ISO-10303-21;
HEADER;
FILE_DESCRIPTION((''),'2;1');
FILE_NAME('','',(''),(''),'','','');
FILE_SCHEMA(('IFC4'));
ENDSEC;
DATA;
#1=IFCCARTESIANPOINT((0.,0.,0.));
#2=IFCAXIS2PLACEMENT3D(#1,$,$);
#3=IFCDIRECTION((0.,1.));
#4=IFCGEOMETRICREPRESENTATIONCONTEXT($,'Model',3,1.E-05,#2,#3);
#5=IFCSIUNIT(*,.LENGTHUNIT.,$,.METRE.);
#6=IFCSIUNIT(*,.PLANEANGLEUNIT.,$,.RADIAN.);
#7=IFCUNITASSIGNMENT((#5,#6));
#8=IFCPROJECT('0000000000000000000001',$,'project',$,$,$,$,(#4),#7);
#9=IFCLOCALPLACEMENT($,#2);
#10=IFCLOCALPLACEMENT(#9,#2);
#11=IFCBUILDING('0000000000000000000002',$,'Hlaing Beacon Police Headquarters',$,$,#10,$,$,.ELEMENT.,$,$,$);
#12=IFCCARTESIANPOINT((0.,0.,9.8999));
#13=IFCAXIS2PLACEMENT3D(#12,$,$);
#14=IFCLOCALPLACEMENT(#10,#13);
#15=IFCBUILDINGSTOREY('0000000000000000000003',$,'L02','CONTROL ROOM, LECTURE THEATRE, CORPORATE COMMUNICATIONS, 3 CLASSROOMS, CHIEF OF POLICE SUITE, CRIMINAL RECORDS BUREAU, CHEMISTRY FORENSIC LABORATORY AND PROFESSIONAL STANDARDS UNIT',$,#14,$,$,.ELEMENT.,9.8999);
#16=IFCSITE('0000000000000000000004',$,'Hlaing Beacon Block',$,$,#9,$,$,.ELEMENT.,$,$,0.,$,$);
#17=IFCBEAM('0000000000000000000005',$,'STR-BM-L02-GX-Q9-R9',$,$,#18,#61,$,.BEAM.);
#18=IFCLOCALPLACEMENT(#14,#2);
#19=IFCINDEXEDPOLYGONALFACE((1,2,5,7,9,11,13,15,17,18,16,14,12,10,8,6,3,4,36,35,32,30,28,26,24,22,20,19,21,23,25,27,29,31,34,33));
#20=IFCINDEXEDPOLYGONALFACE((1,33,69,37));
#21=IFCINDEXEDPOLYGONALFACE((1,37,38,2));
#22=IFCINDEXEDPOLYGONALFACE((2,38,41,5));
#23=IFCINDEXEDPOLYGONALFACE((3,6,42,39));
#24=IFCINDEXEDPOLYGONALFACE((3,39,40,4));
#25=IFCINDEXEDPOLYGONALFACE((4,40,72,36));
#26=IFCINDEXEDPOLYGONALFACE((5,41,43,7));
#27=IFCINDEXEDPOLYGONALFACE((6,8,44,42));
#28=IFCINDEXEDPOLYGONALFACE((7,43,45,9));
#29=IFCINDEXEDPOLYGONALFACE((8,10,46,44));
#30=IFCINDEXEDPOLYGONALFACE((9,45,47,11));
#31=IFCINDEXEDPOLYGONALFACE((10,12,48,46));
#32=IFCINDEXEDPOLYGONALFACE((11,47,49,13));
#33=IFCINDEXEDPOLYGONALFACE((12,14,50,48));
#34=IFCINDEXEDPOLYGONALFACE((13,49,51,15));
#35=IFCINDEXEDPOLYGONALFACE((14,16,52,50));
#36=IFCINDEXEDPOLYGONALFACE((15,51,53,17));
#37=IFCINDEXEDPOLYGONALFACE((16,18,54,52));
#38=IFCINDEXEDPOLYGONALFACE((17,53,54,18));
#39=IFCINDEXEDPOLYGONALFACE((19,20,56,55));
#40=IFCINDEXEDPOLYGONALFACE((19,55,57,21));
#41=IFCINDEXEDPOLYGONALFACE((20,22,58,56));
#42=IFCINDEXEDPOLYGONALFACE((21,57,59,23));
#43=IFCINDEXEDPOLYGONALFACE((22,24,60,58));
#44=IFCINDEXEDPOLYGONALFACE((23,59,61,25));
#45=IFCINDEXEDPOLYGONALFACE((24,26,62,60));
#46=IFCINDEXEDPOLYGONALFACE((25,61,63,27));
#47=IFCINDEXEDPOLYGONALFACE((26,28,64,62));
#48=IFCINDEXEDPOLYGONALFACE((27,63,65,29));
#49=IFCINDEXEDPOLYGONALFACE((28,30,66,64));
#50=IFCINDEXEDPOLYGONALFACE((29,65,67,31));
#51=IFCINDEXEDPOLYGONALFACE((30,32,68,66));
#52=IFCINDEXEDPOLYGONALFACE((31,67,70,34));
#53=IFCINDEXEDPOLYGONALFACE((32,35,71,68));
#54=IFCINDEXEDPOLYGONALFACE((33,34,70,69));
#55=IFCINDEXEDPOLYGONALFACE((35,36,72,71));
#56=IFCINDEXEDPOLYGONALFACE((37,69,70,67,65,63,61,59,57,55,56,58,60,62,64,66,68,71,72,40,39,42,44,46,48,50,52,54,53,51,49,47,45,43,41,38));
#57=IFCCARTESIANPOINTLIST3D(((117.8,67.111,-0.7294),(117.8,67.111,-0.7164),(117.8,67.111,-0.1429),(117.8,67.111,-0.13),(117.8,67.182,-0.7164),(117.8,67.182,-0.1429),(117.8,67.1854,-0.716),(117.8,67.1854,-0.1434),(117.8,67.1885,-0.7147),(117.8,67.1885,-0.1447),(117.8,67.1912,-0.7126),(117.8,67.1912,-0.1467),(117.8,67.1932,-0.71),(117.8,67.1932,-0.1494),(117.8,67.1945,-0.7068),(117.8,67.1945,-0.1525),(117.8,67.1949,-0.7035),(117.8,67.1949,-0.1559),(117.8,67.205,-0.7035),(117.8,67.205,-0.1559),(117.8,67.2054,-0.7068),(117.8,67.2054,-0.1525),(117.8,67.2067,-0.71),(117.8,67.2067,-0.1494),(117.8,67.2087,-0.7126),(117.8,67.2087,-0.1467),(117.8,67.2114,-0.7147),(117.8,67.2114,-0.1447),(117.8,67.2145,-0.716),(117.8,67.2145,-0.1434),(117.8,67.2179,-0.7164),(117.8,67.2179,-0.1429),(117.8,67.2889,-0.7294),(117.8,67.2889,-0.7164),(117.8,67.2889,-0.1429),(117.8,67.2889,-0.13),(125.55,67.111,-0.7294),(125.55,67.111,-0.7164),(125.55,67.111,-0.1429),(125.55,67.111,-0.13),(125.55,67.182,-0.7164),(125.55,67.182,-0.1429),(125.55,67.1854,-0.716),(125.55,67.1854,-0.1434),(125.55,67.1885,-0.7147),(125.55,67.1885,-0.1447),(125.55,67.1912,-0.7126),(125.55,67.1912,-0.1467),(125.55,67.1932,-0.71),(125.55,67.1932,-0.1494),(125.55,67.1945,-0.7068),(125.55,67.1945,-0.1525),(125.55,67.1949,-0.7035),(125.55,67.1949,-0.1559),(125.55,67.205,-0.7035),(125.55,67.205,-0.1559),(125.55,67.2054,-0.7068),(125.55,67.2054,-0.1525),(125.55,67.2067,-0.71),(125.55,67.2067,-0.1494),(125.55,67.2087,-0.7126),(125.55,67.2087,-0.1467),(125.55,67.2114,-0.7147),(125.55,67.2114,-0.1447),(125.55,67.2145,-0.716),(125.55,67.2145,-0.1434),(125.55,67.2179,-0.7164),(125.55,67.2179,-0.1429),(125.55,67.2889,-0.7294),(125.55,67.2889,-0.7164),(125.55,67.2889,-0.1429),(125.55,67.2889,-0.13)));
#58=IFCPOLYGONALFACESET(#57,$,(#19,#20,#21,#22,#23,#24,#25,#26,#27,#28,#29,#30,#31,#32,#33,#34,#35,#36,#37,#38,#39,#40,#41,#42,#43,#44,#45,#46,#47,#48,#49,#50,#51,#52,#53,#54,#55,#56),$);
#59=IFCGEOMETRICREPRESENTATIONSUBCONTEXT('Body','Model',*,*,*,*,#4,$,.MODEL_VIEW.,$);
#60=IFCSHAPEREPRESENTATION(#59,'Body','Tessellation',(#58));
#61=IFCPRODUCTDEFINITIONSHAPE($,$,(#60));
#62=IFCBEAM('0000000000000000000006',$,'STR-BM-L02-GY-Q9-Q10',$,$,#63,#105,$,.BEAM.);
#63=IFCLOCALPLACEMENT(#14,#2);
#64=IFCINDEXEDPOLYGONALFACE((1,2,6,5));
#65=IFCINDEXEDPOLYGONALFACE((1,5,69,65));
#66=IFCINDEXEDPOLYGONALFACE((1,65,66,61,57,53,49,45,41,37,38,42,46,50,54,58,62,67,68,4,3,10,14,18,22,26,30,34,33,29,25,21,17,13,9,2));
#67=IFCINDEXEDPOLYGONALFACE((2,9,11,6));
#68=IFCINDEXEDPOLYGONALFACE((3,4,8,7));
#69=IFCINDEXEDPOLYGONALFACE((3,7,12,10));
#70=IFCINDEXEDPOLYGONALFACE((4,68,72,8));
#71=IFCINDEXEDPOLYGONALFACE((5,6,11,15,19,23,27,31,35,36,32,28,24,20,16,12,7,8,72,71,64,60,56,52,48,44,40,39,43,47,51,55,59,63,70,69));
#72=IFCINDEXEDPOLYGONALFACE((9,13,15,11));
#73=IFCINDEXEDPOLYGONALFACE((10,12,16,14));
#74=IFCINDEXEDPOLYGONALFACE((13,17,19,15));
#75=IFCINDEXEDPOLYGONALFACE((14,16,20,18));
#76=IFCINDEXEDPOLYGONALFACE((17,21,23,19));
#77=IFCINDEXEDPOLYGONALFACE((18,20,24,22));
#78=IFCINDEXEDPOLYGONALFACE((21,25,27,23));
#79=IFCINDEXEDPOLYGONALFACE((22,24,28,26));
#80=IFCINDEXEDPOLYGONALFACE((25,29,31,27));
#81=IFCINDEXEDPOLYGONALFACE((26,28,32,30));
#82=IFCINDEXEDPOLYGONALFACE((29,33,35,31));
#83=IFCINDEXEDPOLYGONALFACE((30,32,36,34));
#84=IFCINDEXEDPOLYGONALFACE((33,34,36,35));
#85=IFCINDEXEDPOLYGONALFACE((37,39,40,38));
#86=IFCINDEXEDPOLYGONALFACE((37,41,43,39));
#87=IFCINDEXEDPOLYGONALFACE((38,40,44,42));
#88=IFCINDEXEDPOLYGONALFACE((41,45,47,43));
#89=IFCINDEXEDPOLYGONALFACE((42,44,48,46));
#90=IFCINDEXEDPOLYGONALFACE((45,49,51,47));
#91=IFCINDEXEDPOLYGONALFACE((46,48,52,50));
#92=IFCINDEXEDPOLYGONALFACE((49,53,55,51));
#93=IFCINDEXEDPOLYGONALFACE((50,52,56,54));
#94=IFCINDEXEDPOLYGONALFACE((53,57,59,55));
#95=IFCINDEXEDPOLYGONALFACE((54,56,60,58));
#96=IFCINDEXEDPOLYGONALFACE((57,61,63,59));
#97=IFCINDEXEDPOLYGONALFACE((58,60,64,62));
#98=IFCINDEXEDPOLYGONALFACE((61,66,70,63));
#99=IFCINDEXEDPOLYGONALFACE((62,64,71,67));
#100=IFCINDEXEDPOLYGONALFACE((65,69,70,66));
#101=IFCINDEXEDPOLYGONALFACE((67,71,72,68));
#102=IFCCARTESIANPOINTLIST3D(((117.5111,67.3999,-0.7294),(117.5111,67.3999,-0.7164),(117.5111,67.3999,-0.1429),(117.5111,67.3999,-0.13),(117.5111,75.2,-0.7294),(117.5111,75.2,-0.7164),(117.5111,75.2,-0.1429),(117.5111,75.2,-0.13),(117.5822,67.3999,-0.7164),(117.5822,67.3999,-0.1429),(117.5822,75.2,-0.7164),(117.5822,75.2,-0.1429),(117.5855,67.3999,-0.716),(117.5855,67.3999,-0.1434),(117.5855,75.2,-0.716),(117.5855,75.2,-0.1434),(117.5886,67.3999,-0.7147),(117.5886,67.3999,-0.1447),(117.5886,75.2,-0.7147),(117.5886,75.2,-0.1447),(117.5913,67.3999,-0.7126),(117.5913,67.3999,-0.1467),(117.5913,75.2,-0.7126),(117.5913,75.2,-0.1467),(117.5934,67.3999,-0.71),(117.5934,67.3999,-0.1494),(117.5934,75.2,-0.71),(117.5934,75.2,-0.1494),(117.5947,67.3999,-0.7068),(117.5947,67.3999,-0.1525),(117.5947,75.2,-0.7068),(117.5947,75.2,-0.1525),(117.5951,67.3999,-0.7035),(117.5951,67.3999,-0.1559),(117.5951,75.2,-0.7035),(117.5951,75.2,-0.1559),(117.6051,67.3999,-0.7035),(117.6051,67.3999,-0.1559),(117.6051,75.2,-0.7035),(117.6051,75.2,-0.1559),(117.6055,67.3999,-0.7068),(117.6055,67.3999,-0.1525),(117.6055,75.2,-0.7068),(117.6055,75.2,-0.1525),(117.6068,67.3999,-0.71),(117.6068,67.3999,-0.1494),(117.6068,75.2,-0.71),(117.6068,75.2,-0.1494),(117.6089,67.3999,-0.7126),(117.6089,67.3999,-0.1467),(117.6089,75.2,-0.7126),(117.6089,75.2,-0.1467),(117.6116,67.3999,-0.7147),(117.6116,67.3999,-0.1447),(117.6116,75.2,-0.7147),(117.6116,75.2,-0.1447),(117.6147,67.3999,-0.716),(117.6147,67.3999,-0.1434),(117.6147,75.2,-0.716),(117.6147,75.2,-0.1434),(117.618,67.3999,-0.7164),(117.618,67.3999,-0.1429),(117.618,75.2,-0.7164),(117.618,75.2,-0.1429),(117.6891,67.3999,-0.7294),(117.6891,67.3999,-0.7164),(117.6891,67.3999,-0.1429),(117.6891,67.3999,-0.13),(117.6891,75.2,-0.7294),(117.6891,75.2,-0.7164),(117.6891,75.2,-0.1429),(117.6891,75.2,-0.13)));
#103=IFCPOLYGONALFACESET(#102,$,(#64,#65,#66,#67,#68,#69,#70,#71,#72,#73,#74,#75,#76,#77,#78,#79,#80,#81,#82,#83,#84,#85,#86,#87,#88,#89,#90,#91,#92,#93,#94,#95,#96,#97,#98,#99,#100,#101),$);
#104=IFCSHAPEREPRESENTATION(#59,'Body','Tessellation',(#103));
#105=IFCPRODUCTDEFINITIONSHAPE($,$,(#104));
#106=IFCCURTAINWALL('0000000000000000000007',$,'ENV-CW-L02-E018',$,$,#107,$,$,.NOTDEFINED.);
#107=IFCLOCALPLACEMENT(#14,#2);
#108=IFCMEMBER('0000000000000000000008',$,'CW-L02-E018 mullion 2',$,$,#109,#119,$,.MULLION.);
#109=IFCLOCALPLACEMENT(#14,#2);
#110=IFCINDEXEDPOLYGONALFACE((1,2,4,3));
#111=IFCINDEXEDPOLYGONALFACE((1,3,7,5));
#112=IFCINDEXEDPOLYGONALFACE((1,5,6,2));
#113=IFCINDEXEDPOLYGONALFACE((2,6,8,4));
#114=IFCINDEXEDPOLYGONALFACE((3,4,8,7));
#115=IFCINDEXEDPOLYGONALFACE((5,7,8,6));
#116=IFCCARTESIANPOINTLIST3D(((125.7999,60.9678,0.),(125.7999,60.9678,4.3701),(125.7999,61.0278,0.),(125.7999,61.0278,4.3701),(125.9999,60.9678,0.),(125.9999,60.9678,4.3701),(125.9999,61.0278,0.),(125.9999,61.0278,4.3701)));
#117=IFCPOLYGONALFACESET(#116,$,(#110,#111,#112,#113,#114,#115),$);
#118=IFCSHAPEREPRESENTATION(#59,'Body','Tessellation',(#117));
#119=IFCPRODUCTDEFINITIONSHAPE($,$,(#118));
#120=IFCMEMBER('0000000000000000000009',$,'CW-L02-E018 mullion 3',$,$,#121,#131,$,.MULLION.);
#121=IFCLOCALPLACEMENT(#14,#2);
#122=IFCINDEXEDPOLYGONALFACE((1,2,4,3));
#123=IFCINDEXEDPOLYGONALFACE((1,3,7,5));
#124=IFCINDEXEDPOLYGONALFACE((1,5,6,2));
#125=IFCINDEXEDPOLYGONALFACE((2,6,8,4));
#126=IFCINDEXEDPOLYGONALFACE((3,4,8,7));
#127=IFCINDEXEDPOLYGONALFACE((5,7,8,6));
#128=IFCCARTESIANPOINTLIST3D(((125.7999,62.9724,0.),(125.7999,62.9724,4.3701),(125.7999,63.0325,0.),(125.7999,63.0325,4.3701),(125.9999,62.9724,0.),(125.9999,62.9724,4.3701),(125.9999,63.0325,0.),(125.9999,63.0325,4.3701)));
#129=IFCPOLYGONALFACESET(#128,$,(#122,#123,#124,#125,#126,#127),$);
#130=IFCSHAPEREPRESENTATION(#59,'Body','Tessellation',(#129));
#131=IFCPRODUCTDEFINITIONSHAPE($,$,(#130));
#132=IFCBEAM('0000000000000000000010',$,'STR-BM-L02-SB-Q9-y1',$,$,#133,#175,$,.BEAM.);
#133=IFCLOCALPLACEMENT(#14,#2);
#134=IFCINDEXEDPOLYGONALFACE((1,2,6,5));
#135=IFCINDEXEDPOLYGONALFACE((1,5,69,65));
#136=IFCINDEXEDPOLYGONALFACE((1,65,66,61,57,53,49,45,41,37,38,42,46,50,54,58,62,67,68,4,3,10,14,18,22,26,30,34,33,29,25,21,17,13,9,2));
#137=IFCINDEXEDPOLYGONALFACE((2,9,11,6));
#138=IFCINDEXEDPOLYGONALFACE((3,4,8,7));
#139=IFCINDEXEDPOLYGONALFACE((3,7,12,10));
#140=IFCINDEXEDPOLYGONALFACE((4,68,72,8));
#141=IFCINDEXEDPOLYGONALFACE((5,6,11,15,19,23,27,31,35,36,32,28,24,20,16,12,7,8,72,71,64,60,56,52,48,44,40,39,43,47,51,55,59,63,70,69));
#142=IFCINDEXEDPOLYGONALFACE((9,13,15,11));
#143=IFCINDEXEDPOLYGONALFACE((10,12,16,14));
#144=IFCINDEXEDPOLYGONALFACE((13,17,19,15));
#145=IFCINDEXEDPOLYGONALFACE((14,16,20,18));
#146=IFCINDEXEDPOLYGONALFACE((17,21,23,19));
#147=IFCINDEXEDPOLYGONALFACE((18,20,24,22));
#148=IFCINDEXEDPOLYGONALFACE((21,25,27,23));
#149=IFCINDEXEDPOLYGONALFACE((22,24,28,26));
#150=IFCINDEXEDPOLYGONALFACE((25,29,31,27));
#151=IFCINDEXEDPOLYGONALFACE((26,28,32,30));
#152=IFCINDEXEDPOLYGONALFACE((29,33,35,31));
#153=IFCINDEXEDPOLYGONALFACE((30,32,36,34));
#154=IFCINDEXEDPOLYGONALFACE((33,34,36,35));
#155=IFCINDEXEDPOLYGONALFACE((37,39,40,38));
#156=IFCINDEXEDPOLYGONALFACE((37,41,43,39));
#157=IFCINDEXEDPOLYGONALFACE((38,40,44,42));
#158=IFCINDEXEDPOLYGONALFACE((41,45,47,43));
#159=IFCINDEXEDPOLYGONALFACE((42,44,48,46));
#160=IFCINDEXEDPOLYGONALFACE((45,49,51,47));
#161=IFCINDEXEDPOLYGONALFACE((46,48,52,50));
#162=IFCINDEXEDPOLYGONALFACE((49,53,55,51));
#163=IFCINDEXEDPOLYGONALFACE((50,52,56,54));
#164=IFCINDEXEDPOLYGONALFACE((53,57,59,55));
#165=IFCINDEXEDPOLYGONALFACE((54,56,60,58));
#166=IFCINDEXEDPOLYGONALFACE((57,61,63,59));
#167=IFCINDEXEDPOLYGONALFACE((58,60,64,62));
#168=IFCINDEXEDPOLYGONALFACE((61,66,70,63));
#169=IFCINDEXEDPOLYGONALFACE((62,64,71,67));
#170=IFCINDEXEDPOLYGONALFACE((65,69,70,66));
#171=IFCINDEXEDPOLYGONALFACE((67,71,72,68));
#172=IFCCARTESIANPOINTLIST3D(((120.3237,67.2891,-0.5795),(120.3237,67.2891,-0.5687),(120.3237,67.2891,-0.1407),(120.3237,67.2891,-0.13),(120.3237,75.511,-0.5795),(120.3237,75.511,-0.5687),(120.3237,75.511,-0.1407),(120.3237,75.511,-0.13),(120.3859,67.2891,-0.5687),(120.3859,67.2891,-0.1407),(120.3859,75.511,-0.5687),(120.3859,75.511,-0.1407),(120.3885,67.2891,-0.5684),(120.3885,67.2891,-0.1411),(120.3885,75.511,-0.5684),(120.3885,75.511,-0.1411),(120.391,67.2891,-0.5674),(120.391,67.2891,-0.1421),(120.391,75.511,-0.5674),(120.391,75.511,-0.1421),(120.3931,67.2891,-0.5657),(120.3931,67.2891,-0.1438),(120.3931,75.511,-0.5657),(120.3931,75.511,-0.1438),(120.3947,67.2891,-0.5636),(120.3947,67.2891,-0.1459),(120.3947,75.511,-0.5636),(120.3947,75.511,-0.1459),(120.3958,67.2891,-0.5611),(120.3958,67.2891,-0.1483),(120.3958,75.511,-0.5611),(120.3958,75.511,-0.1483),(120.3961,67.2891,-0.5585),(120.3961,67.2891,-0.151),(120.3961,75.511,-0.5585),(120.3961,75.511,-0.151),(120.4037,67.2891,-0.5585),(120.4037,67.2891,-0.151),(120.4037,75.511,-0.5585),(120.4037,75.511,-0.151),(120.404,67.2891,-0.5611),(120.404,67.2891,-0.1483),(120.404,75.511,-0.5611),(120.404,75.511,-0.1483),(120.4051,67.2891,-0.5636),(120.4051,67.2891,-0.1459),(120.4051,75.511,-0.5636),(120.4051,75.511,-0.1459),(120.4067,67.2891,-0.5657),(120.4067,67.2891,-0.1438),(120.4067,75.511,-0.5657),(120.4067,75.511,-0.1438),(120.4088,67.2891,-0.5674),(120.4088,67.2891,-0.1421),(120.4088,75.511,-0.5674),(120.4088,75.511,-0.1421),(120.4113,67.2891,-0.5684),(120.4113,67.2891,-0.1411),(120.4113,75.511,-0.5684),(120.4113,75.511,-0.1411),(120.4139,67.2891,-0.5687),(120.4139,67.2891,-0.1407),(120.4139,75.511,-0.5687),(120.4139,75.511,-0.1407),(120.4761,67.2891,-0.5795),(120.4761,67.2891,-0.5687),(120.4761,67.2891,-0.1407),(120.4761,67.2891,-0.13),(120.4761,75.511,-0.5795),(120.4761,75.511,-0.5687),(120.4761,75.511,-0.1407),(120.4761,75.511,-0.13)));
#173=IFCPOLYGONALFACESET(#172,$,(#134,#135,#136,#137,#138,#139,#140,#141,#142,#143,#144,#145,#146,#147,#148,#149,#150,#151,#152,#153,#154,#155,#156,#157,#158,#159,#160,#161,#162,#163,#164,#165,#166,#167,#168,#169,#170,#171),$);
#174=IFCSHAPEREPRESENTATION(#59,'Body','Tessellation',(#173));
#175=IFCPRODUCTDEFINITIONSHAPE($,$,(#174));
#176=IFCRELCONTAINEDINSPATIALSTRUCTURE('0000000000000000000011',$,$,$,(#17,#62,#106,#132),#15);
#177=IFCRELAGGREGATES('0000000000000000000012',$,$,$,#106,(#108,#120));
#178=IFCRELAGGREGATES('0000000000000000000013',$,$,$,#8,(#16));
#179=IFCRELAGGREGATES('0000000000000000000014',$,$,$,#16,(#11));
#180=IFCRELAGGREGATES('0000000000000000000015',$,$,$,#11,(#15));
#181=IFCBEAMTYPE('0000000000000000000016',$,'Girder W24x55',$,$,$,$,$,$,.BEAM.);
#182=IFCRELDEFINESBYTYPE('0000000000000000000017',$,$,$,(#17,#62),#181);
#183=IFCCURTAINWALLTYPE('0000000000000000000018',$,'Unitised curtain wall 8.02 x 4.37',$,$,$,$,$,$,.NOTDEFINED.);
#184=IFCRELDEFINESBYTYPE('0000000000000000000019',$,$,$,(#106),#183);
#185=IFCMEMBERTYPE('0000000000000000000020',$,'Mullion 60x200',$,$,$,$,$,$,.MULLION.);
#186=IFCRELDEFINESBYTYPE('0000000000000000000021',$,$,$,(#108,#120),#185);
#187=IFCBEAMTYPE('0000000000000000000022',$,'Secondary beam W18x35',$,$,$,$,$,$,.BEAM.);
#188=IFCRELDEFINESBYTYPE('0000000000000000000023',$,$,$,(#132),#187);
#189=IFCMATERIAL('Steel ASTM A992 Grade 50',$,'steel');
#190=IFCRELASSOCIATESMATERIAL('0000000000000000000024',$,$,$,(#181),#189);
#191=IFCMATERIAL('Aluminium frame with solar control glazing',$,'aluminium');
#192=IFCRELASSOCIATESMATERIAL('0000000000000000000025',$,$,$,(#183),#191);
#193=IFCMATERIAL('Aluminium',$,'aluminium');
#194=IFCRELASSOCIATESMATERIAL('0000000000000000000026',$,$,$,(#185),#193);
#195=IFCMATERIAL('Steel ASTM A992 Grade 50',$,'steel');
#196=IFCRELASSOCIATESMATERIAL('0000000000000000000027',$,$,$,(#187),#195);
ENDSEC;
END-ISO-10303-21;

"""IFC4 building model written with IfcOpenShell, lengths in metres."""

from ifc_helpers import new_model, si_unit, direction, frame, origin, origin_2d, place, context, subcontext, project, spatial, rectangle, i_section, extrude, material, material_profile, profile_set, type_object, element, aggregate, save


model = new_model("IFC4")

# Units and contexts
model_context = context("Model", 3, precision=1e-05, world=origin(), true_north=direction((0.0, 1.0)))
body_context = subcontext(model_context, "Body", "Model", "MODEL_VIEW")
ifc_project = project(units=[si_unit("LENGTHUNIT", "METRE"), si_unit("PLANEANGLEUNIT", "RADIAN")], contexts=[model_context])

# Site, building, storey
site_placement = place(None, origin())
site = spatial("IfcSite", under=ifc_project, at=site_placement, Name="Hlaing Beacon Block", CompositionType="ELEMENT", RefElevation=0.0)
building_placement = place(site_placement, origin())
building = spatial("IfcBuilding", under=site, at=building_placement, Name="Hlaing Beacon Police Headquarters", CompositionType="ELEMENT")
storey_placement = place(building_placement, frame((0.0, 0.0, 9.8999)))
storey = spatial("IfcBuildingStorey", under=building, at=storey_placement, Name="L02", Description="CONTROL ROOM, LECTURE THEATRE, CORPORATE COMMUNICATIONS, 3 CLASSROOMS, CHIEF OF POLICE SUITE, CRIMINAL RECORDS BUREAU, CHEMISTRY FORENSIC LABORATORY AND PROFESSIONAL STANDARDS UNIT", CompositionType="ELEMENT", Elevation=9.8999)

# Beams
ifc_material_1 = material(Name="Steel ASTM A992 Grade 50", Category="steel")
ifc_material_profile_1 = material_profile(ifc_material_1, i_section(OverallWidth=0.178, OverallDepth=0.5994, WebThickness=0.01, FlangeThickness=0.0129, FilletRadius=0.0129, at=origin_2d()), Name="W24x55")
ifc_profile_set_1 = profile_set([ifc_material_profile_1], Name="Steel ASTM A992 Grade 50")
beam_type_1 = type_object("IfcBeamType", Name="Girder W24x55", PredefinedType="BEAM", material=ifc_profile_set_1)
beam_1_placement = place(storey_placement, frame((117.8, 67.2, -0.4297), z_axis=(1.0, 0.0, 0.0), x_axis=(0.0, 1.0, 0.0)))
element("IfcBeam", 1, at=beam_1_placement, inside=storey, type_object=beam_type_1, Name="STR-BM-L02-GX-Q9-R9", PredefinedType="BEAM", context=body_context, shape_type="SweptSolid", body=[
    extrude(i_section(OverallWidth=0.178, OverallDepth=0.5994, WebThickness=0.01, FlangeThickness=0.0129, FilletRadius=0.0129, at=origin_2d()), origin(), (0.0, 0.0, 1.0), 7.75),
])
beam_2_placement = place(storey_placement, frame((117.6001, 67.3999, -0.4297), z_axis=(0.0, 1.0, 0.0), x_axis=(-1.0, 0.0, 0.0)))
element("IfcBeam", 2, at=beam_2_placement, inside=storey, type_object=beam_type_1, Name="STR-BM-L02-GY-Q9-Q10", PredefinedType="BEAM", context=body_context, shape_type="SweptSolid", body=[
    extrude(i_section(OverallWidth=0.178, OverallDepth=0.5994, WebThickness=0.01, FlangeThickness=0.0129, FilletRadius=0.0129, at=origin_2d()), origin(), (0.0, 0.0, 1.0), 7.8),
])

# Curtain wall, members
ifc_material_2 = material(Name="Aluminium frame with solar control glazing", Category="aluminium")
curtain_wall_type = type_object("IfcCurtainWallType", Name="Unitised curtain wall 8.02 x 4.37", PredefinedType="NOTDEFINED", material=ifc_material_2)
curtain_wall_placement = place(storey_placement, origin())
curtain_wall = element("IfcCurtainWall", 3, at=curtain_wall_placement, inside=storey, type_object=curtain_wall_type, Name="ENV-CW-L02-E018", PredefinedType="NOTDEFINED")
ifc_material_3 = material(Name="Aluminium", Category="aluminium")
ifc_material_profile_2 = material_profile(ifc_material_3, rectangle(XDim=0.2, YDim=0.0601, at=origin_2d()), Name="Mullion 60x200")
ifc_profile_set_2 = profile_set([ifc_material_profile_2], Name="Aluminium")
member_type_1 = type_object("IfcMemberType", Name="Mullion 60x200", PredefinedType="MULLION", material=ifc_profile_set_2)
member_1_placement = place(storey_placement, frame((125.8999, 60.9978, 0.0), z_axis=(0.0, 0.0, 1.0), x_axis=(-1.0, 0.0, 0.0)))
member_1 = element("IfcMember", 4, at=member_1_placement, type_object=member_type_1, Name="CW-L02-E018 mullion 2", PredefinedType="MULLION", context=body_context, shape_type="SweptSolid", body=[
    extrude(rectangle(XDim=0.2, YDim=0.0601, at=origin_2d()), origin(), (0.0, 0.0, 1.0), 4.3701),
])
member_2_placement = place(storey_placement, frame((125.8999, 63.0024, 0.0), z_axis=(0.0, 0.0, 1.0), x_axis=(-1.0, 0.0, 0.0)))
member_2 = element("IfcMember", 5, at=member_2_placement, type_object=member_type_1, Name="CW-L02-E018 mullion 3", PredefinedType="MULLION", context=body_context, shape_type="SweptSolid", body=[
    extrude(rectangle(XDim=0.2, YDim=0.0601, at=origin_2d()), origin(), (0.0, 0.0, 1.0), 4.3701),
])

# Beam
ifc_material_4 = material(Name="Steel ASTM A992 Grade 50", Category="steel")
ifc_material_profile_3 = material_profile(ifc_material_4, i_section(OverallWidth=0.1523, OverallDepth=0.4495, WebThickness=0.0076, FlangeThickness=0.0107, FilletRadius=0.0103, at=origin_2d()), Name="W18x35")
ifc_profile_set_3 = profile_set([ifc_material_profile_3], Name="Steel ASTM A992 Grade 50")
beam_type_2 = type_object("IfcBeamType", Name="Secondary beam W18x35", PredefinedType="BEAM", material=ifc_profile_set_3)
for number, where, z_axis, x_axis, name in (
    (6, (120.3999, 67.2891, -0.3547), (0.0, 1.0, 0.0), (-1.0, 0.0, 0.0), "STR-BM-L02-SB-Q9-y1"),
):
    element("IfcBeam", number, at=place(storey_placement, frame(where, z_axis=z_axis, x_axis=x_axis)), inside=storey, type_object=beam_type_2, Name=name, PredefinedType="BEAM", context=body_context, shape_type="SweptSolid", body=[
        extrude(i_section(OverallWidth=0.1523, OverallDepth=0.4495, WebThickness=0.0076, FlangeThickness=0.0107, FilletRadius=0.0103, at=origin_2d()), origin(), (0.0, 0.0, 1.0), 8.2219),
    ])

aggregate(curtain_wall, [member_1, member_2])

save(model, "model.ifc")
